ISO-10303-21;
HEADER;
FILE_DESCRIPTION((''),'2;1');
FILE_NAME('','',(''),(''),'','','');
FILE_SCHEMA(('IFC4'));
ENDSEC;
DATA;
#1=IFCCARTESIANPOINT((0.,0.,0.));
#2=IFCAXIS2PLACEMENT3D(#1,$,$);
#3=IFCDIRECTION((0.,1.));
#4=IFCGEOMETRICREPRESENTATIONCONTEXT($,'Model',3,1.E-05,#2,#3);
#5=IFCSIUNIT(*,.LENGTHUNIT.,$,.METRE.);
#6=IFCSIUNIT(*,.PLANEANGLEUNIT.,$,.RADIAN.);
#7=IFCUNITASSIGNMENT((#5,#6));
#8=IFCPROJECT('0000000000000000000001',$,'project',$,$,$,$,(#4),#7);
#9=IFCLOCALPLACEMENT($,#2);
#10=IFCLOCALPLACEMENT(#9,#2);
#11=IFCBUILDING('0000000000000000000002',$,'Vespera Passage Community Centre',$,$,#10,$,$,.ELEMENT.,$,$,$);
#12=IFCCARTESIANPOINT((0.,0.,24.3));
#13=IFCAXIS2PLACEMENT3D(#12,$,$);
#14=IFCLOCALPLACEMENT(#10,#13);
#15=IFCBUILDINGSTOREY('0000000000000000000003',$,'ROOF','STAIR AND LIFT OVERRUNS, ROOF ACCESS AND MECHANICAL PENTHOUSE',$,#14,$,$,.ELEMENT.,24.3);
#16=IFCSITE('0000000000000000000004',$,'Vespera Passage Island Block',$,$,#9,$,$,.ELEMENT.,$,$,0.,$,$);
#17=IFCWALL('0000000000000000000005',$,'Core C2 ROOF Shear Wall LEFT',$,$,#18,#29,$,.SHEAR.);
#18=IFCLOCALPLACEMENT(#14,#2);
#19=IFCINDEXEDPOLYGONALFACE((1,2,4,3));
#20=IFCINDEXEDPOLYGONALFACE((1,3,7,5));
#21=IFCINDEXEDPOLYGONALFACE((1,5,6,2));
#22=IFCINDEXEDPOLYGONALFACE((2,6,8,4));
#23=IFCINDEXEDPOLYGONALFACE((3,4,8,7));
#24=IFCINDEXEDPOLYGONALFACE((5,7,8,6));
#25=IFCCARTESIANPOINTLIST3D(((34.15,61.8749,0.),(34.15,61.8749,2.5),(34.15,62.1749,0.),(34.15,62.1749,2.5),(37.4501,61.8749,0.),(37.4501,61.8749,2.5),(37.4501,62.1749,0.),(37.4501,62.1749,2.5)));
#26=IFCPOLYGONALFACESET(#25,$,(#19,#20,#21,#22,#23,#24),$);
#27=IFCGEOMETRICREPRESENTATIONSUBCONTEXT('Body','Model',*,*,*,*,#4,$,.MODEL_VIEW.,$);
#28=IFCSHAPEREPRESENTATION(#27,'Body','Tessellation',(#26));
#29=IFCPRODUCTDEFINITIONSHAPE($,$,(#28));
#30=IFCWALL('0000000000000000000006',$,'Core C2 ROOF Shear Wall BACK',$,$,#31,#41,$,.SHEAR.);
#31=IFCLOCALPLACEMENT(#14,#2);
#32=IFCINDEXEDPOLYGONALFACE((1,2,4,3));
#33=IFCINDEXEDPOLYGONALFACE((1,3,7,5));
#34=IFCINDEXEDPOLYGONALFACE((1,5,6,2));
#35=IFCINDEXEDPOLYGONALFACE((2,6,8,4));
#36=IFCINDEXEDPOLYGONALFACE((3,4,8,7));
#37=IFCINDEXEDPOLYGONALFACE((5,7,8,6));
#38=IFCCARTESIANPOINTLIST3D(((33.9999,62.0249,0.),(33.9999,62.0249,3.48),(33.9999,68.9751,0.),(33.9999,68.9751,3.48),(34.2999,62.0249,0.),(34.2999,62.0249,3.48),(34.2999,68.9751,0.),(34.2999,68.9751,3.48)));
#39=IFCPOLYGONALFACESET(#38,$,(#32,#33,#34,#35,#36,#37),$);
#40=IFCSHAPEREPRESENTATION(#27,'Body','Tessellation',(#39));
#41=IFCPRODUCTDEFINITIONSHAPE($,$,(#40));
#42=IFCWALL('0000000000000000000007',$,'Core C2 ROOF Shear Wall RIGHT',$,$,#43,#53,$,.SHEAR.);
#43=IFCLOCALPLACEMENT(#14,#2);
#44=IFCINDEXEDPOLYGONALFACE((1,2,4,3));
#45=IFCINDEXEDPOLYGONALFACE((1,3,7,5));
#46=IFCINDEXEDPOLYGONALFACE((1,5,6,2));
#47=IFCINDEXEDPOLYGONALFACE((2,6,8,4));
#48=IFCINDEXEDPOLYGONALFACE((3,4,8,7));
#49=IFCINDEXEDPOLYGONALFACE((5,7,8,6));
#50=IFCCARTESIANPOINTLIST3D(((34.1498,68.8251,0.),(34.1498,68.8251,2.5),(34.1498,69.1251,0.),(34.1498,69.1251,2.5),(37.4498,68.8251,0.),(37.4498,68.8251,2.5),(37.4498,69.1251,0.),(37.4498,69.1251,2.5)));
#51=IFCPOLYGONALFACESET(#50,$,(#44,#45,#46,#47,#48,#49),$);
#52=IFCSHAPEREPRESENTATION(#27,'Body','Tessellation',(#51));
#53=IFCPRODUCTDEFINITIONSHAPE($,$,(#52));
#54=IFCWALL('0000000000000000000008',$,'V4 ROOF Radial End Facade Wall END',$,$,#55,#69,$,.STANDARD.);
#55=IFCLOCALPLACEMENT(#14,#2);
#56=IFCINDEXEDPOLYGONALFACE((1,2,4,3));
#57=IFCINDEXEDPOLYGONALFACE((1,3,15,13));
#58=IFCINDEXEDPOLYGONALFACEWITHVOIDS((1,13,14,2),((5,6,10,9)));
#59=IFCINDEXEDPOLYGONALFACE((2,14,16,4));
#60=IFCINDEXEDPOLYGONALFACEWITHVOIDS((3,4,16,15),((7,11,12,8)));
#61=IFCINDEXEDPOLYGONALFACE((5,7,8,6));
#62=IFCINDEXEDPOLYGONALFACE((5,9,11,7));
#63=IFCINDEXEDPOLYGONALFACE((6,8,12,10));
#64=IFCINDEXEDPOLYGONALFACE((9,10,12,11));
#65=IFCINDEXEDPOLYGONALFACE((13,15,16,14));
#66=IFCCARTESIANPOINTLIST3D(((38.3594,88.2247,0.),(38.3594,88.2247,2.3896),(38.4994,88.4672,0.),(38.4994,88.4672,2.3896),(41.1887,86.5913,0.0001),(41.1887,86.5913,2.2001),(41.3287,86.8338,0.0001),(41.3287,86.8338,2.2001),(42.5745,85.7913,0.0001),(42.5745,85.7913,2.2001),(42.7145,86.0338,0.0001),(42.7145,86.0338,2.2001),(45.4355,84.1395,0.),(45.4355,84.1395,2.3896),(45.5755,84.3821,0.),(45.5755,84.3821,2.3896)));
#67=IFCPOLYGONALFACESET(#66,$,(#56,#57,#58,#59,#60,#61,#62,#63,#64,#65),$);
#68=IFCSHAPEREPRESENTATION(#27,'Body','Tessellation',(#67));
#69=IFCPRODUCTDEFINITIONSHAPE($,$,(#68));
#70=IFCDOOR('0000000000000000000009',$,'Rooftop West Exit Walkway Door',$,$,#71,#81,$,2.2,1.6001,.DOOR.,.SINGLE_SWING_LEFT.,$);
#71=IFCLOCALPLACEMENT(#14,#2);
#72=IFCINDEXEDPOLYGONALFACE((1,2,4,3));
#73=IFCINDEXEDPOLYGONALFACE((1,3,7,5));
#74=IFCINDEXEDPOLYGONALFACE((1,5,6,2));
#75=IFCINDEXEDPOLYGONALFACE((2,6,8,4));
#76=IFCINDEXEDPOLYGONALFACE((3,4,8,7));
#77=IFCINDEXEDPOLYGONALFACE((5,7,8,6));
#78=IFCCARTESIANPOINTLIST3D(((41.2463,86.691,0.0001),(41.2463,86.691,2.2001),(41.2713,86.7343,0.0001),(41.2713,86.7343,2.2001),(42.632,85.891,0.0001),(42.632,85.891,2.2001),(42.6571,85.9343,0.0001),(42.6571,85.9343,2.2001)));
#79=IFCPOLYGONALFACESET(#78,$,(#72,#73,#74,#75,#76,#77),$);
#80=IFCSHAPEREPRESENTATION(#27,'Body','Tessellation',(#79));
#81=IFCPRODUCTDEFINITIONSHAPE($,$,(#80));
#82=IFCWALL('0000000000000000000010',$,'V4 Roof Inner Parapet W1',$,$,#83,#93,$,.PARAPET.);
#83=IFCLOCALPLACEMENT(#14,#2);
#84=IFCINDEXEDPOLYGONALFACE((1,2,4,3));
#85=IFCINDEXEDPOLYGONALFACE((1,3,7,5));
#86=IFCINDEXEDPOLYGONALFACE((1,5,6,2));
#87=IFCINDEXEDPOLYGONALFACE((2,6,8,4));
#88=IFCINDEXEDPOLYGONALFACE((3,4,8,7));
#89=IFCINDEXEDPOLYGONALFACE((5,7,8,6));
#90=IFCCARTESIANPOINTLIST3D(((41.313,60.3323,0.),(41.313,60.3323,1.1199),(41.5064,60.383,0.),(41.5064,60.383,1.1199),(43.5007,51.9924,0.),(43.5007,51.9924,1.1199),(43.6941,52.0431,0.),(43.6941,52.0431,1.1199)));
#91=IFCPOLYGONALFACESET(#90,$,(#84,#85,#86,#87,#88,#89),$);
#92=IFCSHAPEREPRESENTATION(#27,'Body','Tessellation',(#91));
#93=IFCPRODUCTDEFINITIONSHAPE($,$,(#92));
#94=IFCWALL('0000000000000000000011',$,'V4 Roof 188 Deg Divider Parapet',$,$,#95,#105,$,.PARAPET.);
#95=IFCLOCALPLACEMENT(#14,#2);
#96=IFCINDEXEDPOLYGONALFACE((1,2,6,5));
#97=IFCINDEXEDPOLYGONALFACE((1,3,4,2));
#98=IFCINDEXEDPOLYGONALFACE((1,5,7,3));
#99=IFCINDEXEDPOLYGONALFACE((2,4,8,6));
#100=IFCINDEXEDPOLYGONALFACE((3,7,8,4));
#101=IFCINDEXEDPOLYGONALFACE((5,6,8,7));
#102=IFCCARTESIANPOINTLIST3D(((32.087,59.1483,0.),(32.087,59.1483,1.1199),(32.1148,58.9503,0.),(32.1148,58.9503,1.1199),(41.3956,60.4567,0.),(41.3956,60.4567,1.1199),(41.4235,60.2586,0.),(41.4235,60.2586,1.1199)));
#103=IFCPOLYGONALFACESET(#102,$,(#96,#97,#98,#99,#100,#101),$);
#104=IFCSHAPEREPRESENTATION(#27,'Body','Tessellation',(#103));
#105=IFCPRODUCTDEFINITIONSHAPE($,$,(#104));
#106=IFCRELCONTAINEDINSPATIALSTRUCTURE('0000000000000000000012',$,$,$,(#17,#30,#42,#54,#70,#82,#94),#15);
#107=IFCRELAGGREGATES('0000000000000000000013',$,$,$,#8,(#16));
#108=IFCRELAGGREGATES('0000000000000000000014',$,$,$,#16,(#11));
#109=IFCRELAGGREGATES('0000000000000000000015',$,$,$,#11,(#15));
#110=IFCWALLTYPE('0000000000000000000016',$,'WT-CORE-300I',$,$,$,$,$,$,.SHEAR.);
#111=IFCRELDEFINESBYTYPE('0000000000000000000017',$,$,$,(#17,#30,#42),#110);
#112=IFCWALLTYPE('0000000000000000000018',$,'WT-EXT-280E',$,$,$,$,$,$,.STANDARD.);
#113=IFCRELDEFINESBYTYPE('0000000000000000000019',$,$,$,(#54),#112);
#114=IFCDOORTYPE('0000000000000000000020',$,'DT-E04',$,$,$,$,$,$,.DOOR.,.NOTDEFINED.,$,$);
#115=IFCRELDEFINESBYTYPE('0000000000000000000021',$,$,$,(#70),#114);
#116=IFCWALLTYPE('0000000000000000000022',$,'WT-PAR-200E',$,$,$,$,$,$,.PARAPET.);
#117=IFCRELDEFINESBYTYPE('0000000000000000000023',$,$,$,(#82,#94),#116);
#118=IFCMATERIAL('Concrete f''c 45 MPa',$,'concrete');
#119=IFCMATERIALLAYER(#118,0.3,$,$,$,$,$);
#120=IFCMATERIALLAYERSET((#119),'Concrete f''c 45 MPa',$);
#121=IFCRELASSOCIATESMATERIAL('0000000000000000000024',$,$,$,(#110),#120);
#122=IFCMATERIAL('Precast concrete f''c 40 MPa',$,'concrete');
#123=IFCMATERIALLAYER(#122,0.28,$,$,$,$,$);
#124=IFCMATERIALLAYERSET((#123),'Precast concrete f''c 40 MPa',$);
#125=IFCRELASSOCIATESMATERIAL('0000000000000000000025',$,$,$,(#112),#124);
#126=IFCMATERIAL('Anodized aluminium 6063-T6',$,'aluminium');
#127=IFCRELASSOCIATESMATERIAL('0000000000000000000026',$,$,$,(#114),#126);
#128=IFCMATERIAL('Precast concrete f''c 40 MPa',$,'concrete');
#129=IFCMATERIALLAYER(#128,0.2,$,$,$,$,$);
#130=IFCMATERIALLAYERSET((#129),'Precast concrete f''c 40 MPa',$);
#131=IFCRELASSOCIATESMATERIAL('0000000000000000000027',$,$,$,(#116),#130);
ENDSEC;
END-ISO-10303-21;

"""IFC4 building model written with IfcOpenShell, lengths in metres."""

from ifc_helpers import new_model, si_unit, direction, frame, frame_2d, origin, place, context, subcontext, project, spatial, rectangle, extrude, material, layer, layer_set, type_object, element, fill, save


model = new_model("IFC4")

# Units and contexts
model_context = context("Model", 3, precision=1e-05, world=origin(), true_north=direction((0.0, 1.0)))
body_context = subcontext(model_context, "Body", "Model", "MODEL_VIEW")
ifc_project = project(units=[si_unit("LENGTHUNIT", "METRE"), si_unit("PLANEANGLEUNIT", "RADIAN")], contexts=[model_context])

# Site, building, storey
site_placement = place(None, origin())
site = spatial("IfcSite", under=ifc_project, at=site_placement, Name="Vespera Passage Island Block", CompositionType="ELEMENT", RefElevation=0.0)
building_placement = place(site_placement, origin())
building = spatial("IfcBuilding", under=site, at=building_placement, Name="Vespera Passage Community Centre", CompositionType="ELEMENT")
storey_placement = place(building_placement, frame((0.0, 0.0, 24.3)))
storey = spatial("IfcBuildingStorey", under=building, at=storey_placement, Name="ROOF", Description="STAIR AND LIFT OVERRUNS, ROOF ACCESS AND MECHANICAL PENTHOUSE", CompositionType="ELEMENT", Elevation=24.3)

# Shared definitions
ifc_material_1 = material(Name="Concrete f'c 45 MPa", Category="concrete")
ifc_layer_1 = layer(ifc_material_1, 0.3)
ifc_layer_set_1 = layer_set([ifc_layer_1], Name="Concrete f'c 45 MPa")
wall_type_1 = type_object("IfcWallType", Name="WT-CORE-300I", PredefinedType="SHEAR", material=ifc_layer_set_1)

# Walls
wall_1_placement = place(storey_placement, frame((37.45, 62.0249, 0.0), z_axis=(0.0, 0.0, 1.0), x_axis=(-1.0, 0.0, 0.0)))
element("IfcWall", 1, at=wall_1_placement, inside=storey, type_object=wall_type_1, Name="Core C2 ROOF Shear Wall LEFT", PredefinedType="SHEAR", context=body_context, shape_type="SweptSolid", body=[
    extrude(rectangle(XDim=3.3, YDim=0.3, at=frame_2d((1.6499, 0.0))), origin(), (0.0, 0.0, 1.0), 2.5),
])
wall_2_placement = place(storey_placement, frame((34.1499, 62.0249, 0.0), z_axis=(0.0, 0.0, 1.0), x_axis=(0.0, 1.0, 0.0)))
element("IfcWall", 2, at=wall_2_placement, inside=storey, type_object=wall_type_1, Name="Core C2 ROOF Shear Wall BACK", PredefinedType="SHEAR", context=body_context, shape_type="SweptSolid", body=[
    extrude(rectangle(XDim=6.9502, YDim=0.3, at=frame_2d((3.4751, 0.0))), origin(), (0.0, 0.0, 1.0), 3.48),
])
wall_3_placement = place(storey_placement, frame((34.1499, 68.9751, 0.0), z_axis=(0.0, 0.0, 1.0), x_axis=(1.0, 0.0, 0.0)))
element("IfcWall", 3, at=wall_3_placement, inside=storey, type_object=wall_type_1, Name="Core C2 ROOF Shear Wall RIGHT", PredefinedType="SHEAR", context=body_context, shape_type="SweptSolid", body=[
    extrude(rectangle(XDim=3.3, YDim=0.3, at=frame_2d((1.6499, 0.0))), origin(), (0.0, 0.0, 1.0), 2.5),
])

# Wall, opening, door
ifc_material_2 = material(Name="Precast concrete f'c 40 MPa", Category="concrete")
ifc_layer_2 = layer(ifc_material_2, 0.28)
ifc_layer_set_2 = layer_set([ifc_layer_2], Name="Precast concrete f'c 40 MPa")
wall_type_2 = type_object("IfcWallType", Name="WT-EXT-280E", PredefinedType="STANDARD", material=ifc_layer_set_2)
wall_4_placement = place(storey_placement, frame((45.5056, 84.2607, 0.0), z_axis=(0.0, 0.0, 1.0), x_axis=(-0.866037, 0.499979, 0.0)))
wall_4 = element("IfcWall", 4, at=wall_4_placement, inside=storey, type_object=wall_type_2, Name="V4 ROOF Radial End Facade Wall END", PredefinedType="STANDARD", context=body_context, shape_type="SweptSolid", body=[
    extrude(rectangle(XDim=8.1707, YDim=0.28, at=frame_2d((4.0854, 0.0))), origin(), (0.0, 0.0, 1.0), 2.3896),
])
opening_1_placement = place(wall_4_placement, frame((3.3037, 0.0, 0.0)))
opening_1 = element("IfcOpeningElement", 5, at=opening_1_placement, cuts=wall_4, PredefinedType="OPENING", context=body_context, shape_type="SweptSolid", body=[
    extrude(rectangle(XDim=1.6001, YDim=2.2, at=frame_2d((0.8, 1.1001))), frame((0.0, 0.1501, 0.0), z_axis=(0.0, -1.0, 0.0), x_axis=(1.0, 0.0, 0.0)), (0.0, 0.0, 1.0), 0.3),
])
ifc_material_3 = material(Name="Anodized aluminium 6063-T6", Category="aluminium")
door_type_1 = type_object("IfcDoorType", Name="DT-E04", OperationType="NOTDEFINED", PredefinedType="DOOR", material=ifc_material_3)
door_1_placement = place(opening_1_placement, origin())
door_1 = element("IfcDoor", 6, at=door_1_placement, inside=storey, type_object=door_type_1, Name="Rooftop West Exit Walkway Door", OperationType="SINGLE_SWING_LEFT", OverallHeight=2.2, OverallWidth=1.6001, PredefinedType="DOOR", context=body_context, shape_type="SweptSolid", body=[
    extrude(rectangle(XDim=1.6001, YDim=2.2, at=frame_2d((0.8, 1.1001))), frame((0.0, 0.0249, 0.0), z_axis=(0.0, -1.0, 0.0), x_axis=(1.0, 0.0, 0.0)), (0.0, 0.0, 1.0), 0.05),
])
fill(opening_1, door_1)

# Walls
ifc_material_4 = material(Name="Precast concrete f'c 40 MPa", Category="concrete")
ifc_layer_3 = layer(ifc_material_4, 0.2)
ifc_layer_set_3 = layer_set([ifc_layer_3], Name="Precast concrete f'c 40 MPa")
wall_type_3 = type_object("IfcWallType", Name="WT-PAR-200E", PredefinedType="PARAPET", material=ifc_layer_set_3)
wall_5_placement = place(storey_placement, frame((41.4097, 60.3577, 0.0), z_axis=(0.0, 0.0, 1.0), x_axis=(0.253739, -0.967273, 0.0)))
element("IfcWall", 7, at=wall_5_placement, inside=storey, type_object=wall_type_3, Name="V4 Roof Inner Parapet W1", PredefinedType="PARAPET", context=body_context, shape_type="SweptSolid", body=[
    extrude(rectangle(XDim=8.6221, YDim=0.2, at=frame_2d((4.311, 0.0))), origin(), (0.0, 0.0, 1.0), 1.1199),
])
wall_6_placement = place(storey_placement, frame((41.4097, 60.3577, 0.0), z_axis=(0.0, 0.0, 1.0), x_axis=(-0.990266, -0.139185, 0.0)))
element("IfcWall", 8, at=wall_6_placement, inside=storey, type_object=wall_type_3, Name="V4 Roof 188 Deg Divider Parapet", PredefinedType="PARAPET", context=body_context, shape_type="SweptSolid", body=[
    extrude(rectangle(XDim=9.4001, YDim=0.2, at=frame_2d((4.7002, 0.0))), origin(), (0.0, 0.0, 1.0), 1.1199),
])

save(model, "model.ifc")
